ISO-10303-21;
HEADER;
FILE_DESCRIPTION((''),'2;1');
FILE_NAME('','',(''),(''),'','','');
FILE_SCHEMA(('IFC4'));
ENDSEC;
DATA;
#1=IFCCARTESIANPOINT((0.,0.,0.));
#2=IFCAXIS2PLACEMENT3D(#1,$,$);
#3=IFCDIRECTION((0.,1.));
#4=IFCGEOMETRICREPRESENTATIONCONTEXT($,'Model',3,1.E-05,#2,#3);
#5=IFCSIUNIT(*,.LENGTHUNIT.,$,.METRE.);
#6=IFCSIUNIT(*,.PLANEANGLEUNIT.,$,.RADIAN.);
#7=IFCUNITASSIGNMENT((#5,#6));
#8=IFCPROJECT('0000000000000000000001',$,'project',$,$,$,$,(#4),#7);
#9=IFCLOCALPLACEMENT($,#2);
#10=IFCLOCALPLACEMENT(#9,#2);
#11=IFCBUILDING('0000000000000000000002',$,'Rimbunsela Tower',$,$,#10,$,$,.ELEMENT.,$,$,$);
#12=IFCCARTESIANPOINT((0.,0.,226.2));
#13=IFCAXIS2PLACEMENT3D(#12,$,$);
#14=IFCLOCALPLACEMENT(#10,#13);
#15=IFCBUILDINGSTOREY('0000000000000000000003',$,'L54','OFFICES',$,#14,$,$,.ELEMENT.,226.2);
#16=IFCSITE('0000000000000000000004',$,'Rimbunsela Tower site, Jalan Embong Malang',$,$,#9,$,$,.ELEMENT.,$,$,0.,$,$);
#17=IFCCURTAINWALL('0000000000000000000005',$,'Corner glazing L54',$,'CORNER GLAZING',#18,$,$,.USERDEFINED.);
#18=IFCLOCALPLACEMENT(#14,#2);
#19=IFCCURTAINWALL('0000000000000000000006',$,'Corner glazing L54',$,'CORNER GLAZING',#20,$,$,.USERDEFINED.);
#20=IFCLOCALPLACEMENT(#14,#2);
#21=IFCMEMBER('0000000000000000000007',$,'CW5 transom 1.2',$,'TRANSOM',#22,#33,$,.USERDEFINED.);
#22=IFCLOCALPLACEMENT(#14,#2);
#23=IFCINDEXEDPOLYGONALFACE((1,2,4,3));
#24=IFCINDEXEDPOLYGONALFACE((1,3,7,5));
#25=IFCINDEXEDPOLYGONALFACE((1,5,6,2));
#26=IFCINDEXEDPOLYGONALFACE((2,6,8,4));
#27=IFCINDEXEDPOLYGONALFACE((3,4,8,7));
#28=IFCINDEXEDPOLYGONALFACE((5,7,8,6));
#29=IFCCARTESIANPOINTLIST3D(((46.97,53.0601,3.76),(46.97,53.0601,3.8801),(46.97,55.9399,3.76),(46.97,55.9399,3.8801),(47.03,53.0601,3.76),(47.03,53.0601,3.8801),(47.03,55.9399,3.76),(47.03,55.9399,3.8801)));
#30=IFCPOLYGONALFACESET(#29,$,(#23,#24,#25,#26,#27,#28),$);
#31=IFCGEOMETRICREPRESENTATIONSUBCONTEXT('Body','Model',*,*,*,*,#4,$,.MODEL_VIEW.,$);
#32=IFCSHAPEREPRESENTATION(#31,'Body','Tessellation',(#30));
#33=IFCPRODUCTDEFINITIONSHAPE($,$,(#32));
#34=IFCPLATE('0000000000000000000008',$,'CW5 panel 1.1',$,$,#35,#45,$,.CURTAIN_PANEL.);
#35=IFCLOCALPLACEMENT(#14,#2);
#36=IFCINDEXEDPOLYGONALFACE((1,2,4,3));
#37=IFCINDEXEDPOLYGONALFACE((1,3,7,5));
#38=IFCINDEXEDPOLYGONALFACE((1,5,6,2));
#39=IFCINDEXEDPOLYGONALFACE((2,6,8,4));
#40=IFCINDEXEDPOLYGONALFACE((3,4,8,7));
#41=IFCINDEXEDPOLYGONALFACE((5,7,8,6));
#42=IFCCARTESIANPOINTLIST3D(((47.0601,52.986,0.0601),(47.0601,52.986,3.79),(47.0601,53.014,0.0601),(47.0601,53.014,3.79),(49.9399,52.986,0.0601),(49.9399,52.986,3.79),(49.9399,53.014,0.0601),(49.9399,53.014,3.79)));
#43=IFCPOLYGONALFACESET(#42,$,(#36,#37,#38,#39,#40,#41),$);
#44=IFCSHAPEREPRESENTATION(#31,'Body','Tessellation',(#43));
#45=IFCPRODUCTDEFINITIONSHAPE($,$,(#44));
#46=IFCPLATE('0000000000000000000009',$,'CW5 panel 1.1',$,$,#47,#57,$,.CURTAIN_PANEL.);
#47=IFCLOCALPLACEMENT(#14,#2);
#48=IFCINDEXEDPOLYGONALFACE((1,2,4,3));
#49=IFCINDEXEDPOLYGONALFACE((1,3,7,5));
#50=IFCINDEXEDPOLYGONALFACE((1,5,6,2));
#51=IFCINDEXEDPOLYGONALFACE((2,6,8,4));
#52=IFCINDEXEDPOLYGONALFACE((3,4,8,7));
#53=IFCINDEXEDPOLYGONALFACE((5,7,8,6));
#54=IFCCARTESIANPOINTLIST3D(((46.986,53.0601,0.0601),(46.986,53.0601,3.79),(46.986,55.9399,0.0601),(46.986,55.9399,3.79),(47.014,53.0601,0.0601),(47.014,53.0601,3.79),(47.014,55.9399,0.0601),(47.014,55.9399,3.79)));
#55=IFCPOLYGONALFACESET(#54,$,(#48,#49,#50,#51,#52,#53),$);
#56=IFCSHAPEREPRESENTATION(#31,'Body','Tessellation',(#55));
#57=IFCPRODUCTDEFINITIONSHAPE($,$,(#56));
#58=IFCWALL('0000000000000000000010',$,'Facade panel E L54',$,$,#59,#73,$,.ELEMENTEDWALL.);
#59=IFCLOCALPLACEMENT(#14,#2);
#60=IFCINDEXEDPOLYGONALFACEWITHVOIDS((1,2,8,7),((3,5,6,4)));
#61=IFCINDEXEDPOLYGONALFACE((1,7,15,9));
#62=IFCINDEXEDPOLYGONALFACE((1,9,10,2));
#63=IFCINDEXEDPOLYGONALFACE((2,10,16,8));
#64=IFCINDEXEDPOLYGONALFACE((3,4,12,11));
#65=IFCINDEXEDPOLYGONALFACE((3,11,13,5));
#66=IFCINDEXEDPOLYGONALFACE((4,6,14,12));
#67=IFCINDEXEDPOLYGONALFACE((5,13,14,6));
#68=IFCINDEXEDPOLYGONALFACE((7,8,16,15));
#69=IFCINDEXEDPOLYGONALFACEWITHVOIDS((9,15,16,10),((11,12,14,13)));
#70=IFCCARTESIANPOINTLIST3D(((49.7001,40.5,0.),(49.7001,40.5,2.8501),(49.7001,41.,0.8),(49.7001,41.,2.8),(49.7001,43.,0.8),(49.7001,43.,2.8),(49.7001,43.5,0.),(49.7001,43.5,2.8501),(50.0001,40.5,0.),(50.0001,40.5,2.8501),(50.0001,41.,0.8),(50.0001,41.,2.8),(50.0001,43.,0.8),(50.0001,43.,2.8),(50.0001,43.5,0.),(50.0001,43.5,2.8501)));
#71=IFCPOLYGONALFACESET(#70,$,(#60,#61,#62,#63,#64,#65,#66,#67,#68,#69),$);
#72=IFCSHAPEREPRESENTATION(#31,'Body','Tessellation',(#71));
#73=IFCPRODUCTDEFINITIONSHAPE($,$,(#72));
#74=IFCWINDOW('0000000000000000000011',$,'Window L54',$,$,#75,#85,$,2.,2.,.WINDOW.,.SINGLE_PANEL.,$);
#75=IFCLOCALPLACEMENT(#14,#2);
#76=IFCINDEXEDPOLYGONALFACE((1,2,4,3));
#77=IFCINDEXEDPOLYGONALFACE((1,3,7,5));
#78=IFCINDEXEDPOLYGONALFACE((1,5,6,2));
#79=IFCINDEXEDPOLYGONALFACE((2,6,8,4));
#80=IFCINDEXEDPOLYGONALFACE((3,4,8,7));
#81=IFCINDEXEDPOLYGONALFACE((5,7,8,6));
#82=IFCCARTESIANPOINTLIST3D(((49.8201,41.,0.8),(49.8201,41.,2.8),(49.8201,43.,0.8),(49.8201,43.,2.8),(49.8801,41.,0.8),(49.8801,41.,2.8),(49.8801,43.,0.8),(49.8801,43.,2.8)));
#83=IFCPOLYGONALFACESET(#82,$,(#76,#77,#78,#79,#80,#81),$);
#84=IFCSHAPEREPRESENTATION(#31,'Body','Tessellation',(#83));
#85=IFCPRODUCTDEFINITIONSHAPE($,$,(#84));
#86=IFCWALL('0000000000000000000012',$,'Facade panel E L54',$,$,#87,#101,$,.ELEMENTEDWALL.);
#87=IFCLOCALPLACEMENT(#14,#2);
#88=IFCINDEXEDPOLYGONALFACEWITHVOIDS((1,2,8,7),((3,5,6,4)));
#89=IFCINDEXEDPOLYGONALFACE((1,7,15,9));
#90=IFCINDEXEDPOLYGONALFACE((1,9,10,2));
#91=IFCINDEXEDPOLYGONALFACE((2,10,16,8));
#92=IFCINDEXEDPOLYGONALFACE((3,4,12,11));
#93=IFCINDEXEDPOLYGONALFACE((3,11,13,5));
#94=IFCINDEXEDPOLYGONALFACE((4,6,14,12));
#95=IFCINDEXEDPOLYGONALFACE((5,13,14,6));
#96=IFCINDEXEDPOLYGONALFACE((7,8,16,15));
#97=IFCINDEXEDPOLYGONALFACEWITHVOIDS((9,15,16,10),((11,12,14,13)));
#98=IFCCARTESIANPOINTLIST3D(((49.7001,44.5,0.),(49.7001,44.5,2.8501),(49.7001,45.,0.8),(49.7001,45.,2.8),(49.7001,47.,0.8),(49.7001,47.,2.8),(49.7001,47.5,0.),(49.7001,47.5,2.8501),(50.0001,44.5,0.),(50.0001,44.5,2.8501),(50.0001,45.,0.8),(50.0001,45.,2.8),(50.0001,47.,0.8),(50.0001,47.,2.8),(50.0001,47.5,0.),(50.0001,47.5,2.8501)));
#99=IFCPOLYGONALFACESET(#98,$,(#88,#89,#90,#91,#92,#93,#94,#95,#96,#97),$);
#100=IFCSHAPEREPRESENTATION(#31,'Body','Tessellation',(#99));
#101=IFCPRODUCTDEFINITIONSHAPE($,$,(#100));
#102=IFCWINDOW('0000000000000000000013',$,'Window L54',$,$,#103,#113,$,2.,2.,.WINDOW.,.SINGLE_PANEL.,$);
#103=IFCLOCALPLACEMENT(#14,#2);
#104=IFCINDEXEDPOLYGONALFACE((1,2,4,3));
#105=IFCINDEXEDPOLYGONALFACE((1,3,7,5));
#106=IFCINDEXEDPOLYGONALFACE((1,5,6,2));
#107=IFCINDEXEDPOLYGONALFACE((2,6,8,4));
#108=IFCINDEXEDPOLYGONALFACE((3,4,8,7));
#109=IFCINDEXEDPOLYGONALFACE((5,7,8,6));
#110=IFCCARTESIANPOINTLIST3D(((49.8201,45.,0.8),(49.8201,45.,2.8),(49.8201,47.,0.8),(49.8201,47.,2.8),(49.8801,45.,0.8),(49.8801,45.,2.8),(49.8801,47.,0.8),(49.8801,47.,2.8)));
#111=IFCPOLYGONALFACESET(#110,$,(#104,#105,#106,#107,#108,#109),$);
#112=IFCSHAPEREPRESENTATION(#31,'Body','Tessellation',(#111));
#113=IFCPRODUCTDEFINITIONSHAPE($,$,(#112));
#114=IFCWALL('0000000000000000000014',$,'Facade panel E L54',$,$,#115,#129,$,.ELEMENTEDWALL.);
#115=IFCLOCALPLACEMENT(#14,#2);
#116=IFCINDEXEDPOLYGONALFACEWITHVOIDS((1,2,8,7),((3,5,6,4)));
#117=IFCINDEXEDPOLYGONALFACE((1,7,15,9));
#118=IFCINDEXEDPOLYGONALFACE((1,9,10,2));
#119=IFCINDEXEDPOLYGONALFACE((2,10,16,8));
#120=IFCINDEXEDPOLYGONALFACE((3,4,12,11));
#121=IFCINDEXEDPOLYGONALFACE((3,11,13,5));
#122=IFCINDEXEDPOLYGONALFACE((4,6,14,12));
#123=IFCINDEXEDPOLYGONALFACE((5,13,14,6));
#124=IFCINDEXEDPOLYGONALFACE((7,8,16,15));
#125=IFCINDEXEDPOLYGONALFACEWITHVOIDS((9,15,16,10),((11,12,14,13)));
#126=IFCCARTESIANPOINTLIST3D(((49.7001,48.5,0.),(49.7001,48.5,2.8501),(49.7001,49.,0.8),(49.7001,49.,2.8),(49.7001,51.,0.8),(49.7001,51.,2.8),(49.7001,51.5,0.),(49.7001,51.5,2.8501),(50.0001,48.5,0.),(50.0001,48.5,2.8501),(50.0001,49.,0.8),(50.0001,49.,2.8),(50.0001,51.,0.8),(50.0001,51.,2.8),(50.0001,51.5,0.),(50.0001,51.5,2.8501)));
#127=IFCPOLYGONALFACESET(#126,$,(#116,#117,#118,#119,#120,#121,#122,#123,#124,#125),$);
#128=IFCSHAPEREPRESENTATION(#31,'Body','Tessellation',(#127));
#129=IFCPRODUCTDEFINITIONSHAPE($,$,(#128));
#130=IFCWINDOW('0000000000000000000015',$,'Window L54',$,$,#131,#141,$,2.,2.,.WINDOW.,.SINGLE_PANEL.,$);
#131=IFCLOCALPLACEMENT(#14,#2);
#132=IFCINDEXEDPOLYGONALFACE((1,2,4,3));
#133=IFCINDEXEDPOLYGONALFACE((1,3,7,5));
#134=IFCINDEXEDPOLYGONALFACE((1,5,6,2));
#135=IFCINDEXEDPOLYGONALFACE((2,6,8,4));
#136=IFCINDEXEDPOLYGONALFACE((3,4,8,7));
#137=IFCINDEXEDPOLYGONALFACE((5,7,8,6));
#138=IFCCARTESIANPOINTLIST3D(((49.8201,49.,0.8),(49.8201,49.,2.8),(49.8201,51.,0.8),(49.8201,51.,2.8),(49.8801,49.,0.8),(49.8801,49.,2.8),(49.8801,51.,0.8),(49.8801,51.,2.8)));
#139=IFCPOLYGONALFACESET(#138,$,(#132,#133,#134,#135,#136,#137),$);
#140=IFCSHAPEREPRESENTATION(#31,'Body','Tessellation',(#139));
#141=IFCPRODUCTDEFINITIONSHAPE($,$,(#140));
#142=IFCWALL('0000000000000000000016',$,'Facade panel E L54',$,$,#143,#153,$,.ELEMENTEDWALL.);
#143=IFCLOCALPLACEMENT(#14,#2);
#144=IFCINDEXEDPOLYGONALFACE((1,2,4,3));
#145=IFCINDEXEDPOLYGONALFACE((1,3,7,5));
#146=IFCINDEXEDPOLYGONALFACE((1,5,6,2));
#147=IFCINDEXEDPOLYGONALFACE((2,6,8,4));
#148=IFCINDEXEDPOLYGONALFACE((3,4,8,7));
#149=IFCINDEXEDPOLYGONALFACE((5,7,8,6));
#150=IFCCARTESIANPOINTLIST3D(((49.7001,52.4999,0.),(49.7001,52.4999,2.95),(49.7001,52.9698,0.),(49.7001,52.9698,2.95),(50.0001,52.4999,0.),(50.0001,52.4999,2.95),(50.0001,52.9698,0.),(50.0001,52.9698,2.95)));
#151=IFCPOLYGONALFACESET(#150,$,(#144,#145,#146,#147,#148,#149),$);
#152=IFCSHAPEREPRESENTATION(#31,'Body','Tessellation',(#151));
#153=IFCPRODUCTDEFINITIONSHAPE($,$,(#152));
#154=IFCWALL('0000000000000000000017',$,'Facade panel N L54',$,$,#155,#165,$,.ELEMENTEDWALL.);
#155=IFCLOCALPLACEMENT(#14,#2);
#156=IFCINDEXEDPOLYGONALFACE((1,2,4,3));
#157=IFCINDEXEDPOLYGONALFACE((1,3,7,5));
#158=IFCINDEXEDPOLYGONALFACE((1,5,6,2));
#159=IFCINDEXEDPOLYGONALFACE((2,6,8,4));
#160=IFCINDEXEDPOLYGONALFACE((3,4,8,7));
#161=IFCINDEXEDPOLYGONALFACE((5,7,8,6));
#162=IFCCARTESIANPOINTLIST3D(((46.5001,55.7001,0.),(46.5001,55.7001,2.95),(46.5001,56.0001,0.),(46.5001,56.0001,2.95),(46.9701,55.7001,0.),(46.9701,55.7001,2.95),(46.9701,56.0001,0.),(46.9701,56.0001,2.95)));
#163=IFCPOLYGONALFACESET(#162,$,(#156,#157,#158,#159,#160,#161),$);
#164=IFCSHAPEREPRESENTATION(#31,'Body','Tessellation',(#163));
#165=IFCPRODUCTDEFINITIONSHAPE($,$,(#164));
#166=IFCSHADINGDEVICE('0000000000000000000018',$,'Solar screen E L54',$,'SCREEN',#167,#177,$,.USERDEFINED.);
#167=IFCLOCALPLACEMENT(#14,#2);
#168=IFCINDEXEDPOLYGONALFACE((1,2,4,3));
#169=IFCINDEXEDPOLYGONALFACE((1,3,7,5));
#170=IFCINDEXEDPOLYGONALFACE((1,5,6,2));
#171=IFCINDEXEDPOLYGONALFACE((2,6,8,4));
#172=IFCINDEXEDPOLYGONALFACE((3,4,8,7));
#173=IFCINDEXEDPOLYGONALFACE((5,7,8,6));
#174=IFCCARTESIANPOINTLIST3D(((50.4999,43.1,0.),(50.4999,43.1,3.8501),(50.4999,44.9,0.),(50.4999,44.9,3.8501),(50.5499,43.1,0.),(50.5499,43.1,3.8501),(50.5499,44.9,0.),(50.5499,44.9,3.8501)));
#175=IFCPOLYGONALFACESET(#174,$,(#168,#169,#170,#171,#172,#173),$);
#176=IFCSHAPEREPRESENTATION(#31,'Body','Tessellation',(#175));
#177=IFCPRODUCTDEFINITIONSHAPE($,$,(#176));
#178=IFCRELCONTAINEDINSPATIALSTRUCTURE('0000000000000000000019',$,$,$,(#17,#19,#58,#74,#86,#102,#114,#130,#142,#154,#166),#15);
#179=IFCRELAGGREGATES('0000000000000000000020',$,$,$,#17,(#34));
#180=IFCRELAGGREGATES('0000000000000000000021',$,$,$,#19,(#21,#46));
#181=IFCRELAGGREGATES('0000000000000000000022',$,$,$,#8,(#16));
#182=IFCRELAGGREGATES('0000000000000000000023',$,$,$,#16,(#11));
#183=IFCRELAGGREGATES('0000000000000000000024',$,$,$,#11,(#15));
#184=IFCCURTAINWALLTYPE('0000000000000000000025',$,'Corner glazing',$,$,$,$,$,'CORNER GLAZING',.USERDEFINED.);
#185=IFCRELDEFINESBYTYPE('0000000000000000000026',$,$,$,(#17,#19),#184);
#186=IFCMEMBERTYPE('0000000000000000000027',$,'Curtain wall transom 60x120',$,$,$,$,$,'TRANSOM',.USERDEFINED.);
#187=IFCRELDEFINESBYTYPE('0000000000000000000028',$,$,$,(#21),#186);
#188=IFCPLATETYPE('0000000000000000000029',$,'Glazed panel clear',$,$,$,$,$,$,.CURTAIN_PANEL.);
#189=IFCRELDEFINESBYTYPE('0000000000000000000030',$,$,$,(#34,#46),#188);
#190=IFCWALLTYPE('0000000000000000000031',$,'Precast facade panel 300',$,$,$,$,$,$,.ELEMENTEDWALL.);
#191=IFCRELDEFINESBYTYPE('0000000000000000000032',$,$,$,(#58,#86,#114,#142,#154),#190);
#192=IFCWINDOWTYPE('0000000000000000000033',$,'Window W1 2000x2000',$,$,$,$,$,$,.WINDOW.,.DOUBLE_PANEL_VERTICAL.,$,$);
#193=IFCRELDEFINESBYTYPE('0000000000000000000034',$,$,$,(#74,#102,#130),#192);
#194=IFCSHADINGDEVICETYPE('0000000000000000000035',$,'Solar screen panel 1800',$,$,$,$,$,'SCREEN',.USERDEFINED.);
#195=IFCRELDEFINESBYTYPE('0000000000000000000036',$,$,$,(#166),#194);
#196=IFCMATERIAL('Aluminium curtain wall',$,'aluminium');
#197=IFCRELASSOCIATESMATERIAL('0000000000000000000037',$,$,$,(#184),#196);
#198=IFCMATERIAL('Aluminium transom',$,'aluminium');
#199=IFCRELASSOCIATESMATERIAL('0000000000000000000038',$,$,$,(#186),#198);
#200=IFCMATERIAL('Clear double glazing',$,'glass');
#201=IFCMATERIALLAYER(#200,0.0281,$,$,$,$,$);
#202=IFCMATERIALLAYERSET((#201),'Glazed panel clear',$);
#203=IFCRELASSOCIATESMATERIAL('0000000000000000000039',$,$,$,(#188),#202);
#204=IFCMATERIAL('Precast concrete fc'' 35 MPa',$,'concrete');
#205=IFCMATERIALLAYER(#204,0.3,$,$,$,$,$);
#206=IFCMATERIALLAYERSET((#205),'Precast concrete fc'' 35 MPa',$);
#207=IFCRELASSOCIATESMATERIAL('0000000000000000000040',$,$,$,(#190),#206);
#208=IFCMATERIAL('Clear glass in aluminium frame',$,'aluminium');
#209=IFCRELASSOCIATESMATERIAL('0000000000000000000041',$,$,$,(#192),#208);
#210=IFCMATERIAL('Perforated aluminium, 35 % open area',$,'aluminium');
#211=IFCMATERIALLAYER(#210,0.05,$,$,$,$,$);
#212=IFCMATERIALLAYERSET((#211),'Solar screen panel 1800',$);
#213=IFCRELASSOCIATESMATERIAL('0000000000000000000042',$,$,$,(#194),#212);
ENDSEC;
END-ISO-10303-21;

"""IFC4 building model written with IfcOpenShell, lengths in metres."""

from ifc_helpers import new_model, si_unit, direction, frame, frame_2d, origin, origin_2d, place, context, subcontext, project, spatial, rectangle, extrude, material, layer, layer_set, material_profile, profile_set, type_object, element, fill, aggregate, save


model = new_model("IFC4")

# Units and contexts
model_context = context("Model", 3, precision=1e-05, world=origin(), true_north=direction((0.0, 1.0)))
body_context = subcontext(model_context, "Body", "Model", "MODEL_VIEW")
ifc_project = project(units=[si_unit("LENGTHUNIT", "METRE"), si_unit("PLANEANGLEUNIT", "RADIAN")], contexts=[model_context])

# Site, building, storey
site_placement = place(None, origin())
site = spatial("IfcSite", under=ifc_project, at=site_placement, Name="Rimbunsela Tower site, Jalan Embong Malang", CompositionType="ELEMENT", RefElevation=0.0)
building_placement = place(site_placement, origin())
building = spatial("IfcBuilding", under=site, at=building_placement, Name="Rimbunsela Tower", CompositionType="ELEMENT")
storey_placement = place(building_placement, frame((0.0, 0.0, 226.2)))
storey = spatial("IfcBuildingStorey", under=building, at=storey_placement, Name="L54", Description="OFFICES", CompositionType="ELEMENT", Elevation=226.2)

# Curtain walls
ifc_material_1 = material(Name="Aluminium curtain wall", Category="aluminium")
curtain_wall_type = type_object("IfcCurtainWallType", Name="Corner glazing", ElementType="CORNER GLAZING", PredefinedType="USERDEFINED", material=ifc_material_1)
curtain_wall_1_placement = place(storey_placement, origin())
curtain_wall_1 = element("IfcCurtainWall", 1, at=curtain_wall_1_placement, inside=storey, type_object=curtain_wall_type, Name="Corner glazing L54", ObjectType="CORNER GLAZING", PredefinedType="USERDEFINED")
curtain_wall_2_placement = place(storey_placement, origin())
curtain_wall_2 = element("IfcCurtainWall", 2, at=curtain_wall_2_placement, inside=storey, type_object=curtain_wall_type, Name="Corner glazing L54", ObjectType="CORNER GLAZING", PredefinedType="USERDEFINED")

# Member
ifc_material_2 = material(Name="Aluminium transom", Category="aluminium")
ifc_material_profile_1 = material_profile(ifc_material_2, rectangle(XDim=0.0601, YDim=0.1201, at=origin_2d()), Name="Transom 60x120")
ifc_profile_set_1 = profile_set([ifc_material_profile_1], Name="Aluminium transom")
member_type_1 = type_object("IfcMemberType", Name="Curtain wall transom 60x120", ElementType="TRANSOM", PredefinedType="USERDEFINED", material=ifc_profile_set_1)
member_1_placement = place(storey_placement, frame((47.0, 53.0601, 3.8201), z_axis=(0.0, 1.0, 0.0), x_axis=(-1.0, 0.0, 0.0)))
member_1 = element("IfcMember", 3, at=member_1_placement, type_object=member_type_1, Name="CW5 transom 1.2", ObjectType="TRANSOM", PredefinedType="USERDEFINED", context=body_context, shape_type="SweptSolid", body=[
    extrude(rectangle(XDim=0.0601, YDim=0.1201, at=origin_2d()), origin(), (0.0, 0.0, 1.0), 2.8799),
])

# Plates
ifc_material_3 = material(Name="Clear double glazing", Category="glass")
ifc_layer_1 = layer(ifc_material_3, 0.0281)
ifc_layer_set_1 = layer_set([ifc_layer_1], Name="Glazed panel clear")
plate_type = type_object("IfcPlateType", Name="Glazed panel clear", PredefinedType="CURTAIN_PANEL", material=ifc_layer_set_1)
plate_1_placement = place(storey_placement, frame((48.5, 53.0, 0.0601), z_axis=(0.0, 0.0, 1.0), x_axis=(-1.0, 0.0, 0.0)))
plate_1 = element("IfcPlate", 4, at=plate_1_placement, type_object=plate_type, Name="CW5 panel 1.1", PredefinedType="CURTAIN_PANEL", context=body_context, shape_type="SweptSolid", body=[
    extrude(rectangle(XDim=2.8799, YDim=0.0281, at=origin_2d()), origin(), (0.0, 0.0, 1.0), 3.73),
])
aggregate(curtain_wall_1, [plate_1])
plate_2_placement = place(storey_placement, frame((47.0, 54.5, 0.0601), z_axis=(0.0, 0.0, 1.0), x_axis=(0.0, 1.0, 0.0)))
plate_2 = element("IfcPlate", 5, at=plate_2_placement, type_object=plate_type, Name="CW5 panel 1.1", PredefinedType="CURTAIN_PANEL", context=body_context, shape_type="SweptSolid", body=[
    extrude(rectangle(XDim=2.8799, YDim=0.0281, at=origin_2d()), origin(), (0.0, 0.0, 1.0), 3.73),
])
aggregate(curtain_wall_2, [member_1, plate_2])

# Walls, openings, windows
ifc_material_4 = material(Name="Precast concrete fc' 35 MPa", Category="concrete")
ifc_layer_2 = layer(ifc_material_4, 0.3)
ifc_layer_set_2 = layer_set([ifc_layer_2], Name="Precast concrete fc' 35 MPa")
wall_type = type_object("IfcWallType", Name="Precast facade panel 300", PredefinedType="ELEMENTEDWALL", material=ifc_layer_set_2)
wall_1_placement = place(storey_placement, frame((49.8501, 40.5, 0.0), z_axis=(0.0, 0.0, 1.0), x_axis=(0.0, 1.0, 0.0)))
wall_1 = element("IfcWall", 6, at=wall_1_placement, inside=storey, type_object=wall_type, Name="Facade panel E L54", PredefinedType="ELEMENTEDWALL", context=body_context, shape_type="SweptSolid", body=[
    extrude(rectangle(XDim=3.0, YDim=0.3, at=frame_2d((1.5, 0.0))), origin(), (0.0, 0.0, 1.0), 2.8501),
])
opening_1_placement = place(wall_1_placement, frame((0.5, 0.0, 0.8)))
opening_1 = element("IfcOpeningElement", 7, at=opening_1_placement, cuts=wall_1, PredefinedType="OPENING", context=body_context, shape_type="SweptSolid", body=[
    extrude(rectangle(XDim=2.0, YDim=2.0, at=frame_2d((1.0, 1.0))), frame((0.0, 0.1599, 0.0), z_axis=(0.0, -1.0, 0.0), x_axis=(1.0, 0.0, 0.0)), (0.0, 0.0, 1.0), 0.3201),
])
ifc_material_5 = material(Name="Clear glass in aluminium frame", Category="aluminium")
window_type = type_object("IfcWindowType", Name="Window W1 2000x2000", PartitioningType="DOUBLE_PANEL_VERTICAL", PredefinedType="WINDOW", material=ifc_material_5)
window_1_placement = place(opening_1_placement, origin())
window_1 = element("IfcWindow", 8, at=window_1_placement, inside=storey, type_object=window_type, Name="Window L54", OverallHeight=2.0, OverallWidth=2.0, PartitioningType="SINGLE_PANEL", PredefinedType="WINDOW", context=body_context, shape_type="SweptSolid", body=[
    extrude(rectangle(XDim=2.0, YDim=2.0, at=frame_2d((1.0, 1.0))), frame((0.0, 0.03, 0.0), z_axis=(0.0, -1.0, 0.0), x_axis=(1.0, 0.0, 0.0)), (0.0, 0.0, 1.0), 0.0601),
])
fill(opening_1, window_1)
wall_2_placement = place(storey_placement, frame((49.8501, 44.5, 0.0), z_axis=(0.0, 0.0, 1.0), x_axis=(0.0, 1.0, 0.0)))
wall_2 = element("IfcWall", 9, at=wall_2_placement, inside=storey, type_object=wall_type, Name="Facade panel E L54", PredefinedType="ELEMENTEDWALL", context=body_context, shape_type="SweptSolid", body=[
    extrude(rectangle(XDim=3.0, YDim=0.3, at=frame_2d((1.5, 0.0))), origin(), (0.0, 0.0, 1.0), 2.8501),
])
opening_2_placement = place(wall_2_placement, frame((0.5, 0.0, 0.8)))
opening_2 = element("IfcOpeningElement", 10, at=opening_2_placement, cuts=wall_2, PredefinedType="OPENING", context=body_context, shape_type="SweptSolid", body=[
    extrude(rectangle(XDim=2.0, YDim=2.0, at=frame_2d((1.0, 1.0))), frame((0.0, 0.1599, 0.0), z_axis=(0.0, -1.0, 0.0), x_axis=(1.0, 0.0, 0.0)), (0.0, 0.0, 1.0), 0.3201),
])
window_2_placement = place(opening_2_placement, origin())
window_2 = element("IfcWindow", 11, at=window_2_placement, inside=storey, type_object=window_type, Name="Window L54", OverallHeight=2.0, OverallWidth=2.0, PartitioningType="SINGLE_PANEL", PredefinedType="WINDOW", context=body_context, shape_type="SweptSolid", body=[
    extrude(rectangle(XDim=2.0, YDim=2.0, at=frame_2d((1.0, 1.0))), frame((0.0, 0.03, 0.0), z_axis=(0.0, -1.0, 0.0), x_axis=(1.0, 0.0, 0.0)), (0.0, 0.0, 1.0), 0.0601),
])
fill(opening_2, window_2)
wall_3_placement = place(storey_placement, frame((49.8501, 48.5, 0.0), z_axis=(0.0, 0.0, 1.0), x_axis=(0.0, 1.0, 0.0)))
wall_3 = element("IfcWall", 12, at=wall_3_placement, inside=storey, type_object=wall_type, Name="Facade panel E L54", PredefinedType="ELEMENTEDWALL", context=body_context, shape_type="SweptSolid", body=[
    extrude(rectangle(XDim=3.0, YDim=0.3, at=frame_2d((1.5, 0.0))), origin(), (0.0, 0.0, 1.0), 2.8501),
])
opening_3_placement = place(wall_3_placement, frame((0.5, 0.0, 0.8)))
opening_3 = element("IfcOpeningElement", 13, at=opening_3_placement, cuts=wall_3, PredefinedType="OPENING", context=body_context, shape_type="SweptSolid", body=[
    extrude(rectangle(XDim=2.0, YDim=2.0, at=frame_2d((1.0, 1.0))), frame((0.0, 0.1599, 0.0), z_axis=(0.0, -1.0, 0.0), x_axis=(1.0, 0.0, 0.0)), (0.0, 0.0, 1.0), 0.3201),
])
window_3_placement = place(opening_3_placement, origin())
window_3 = element("IfcWindow", 14, at=window_3_placement, inside=storey, type_object=window_type, Name="Window L54", OverallHeight=2.0, OverallWidth=2.0, PartitioningType="SINGLE_PANEL", PredefinedType="WINDOW", context=body_context, shape_type="SweptSolid", body=[
    extrude(rectangle(XDim=2.0, YDim=2.0, at=frame_2d((1.0, 1.0))), frame((0.0, 0.03, 0.0), z_axis=(0.0, -1.0, 0.0), x_axis=(1.0, 0.0, 0.0)), (0.0, 0.0, 1.0), 0.0601),
])
fill(opening_3, window_3)

# Walls
for number, where, z_axis, x_axis, name in (
    (15, (49.8501, 52.5, 0.0), (0.0, 0.0, 1.0), (0.0, 1.0, 0.0), "Facade panel E L54"),
    (16, (46.97, 55.8501, 0.0), (0.0, 0.0, 1.0), (-1.0, 0.0, 0.0), "Facade panel N L54"),
):
    element("IfcWall", number, at=place(storey_placement, frame(where, z_axis=z_axis, x_axis=x_axis)), inside=storey, type_object=wall_type, Name=name, PredefinedType="ELEMENTEDWALL", context=body_context, shape_type="SweptSolid", body=[
        extrude(rectangle(XDim=0.47, YDim=0.3, at=frame_2d((0.2349, 0.0))), origin(), (0.0, 0.0, 1.0), 2.95),
    ])

# Shading device
ifc_material_6 = material(Name="Perforated aluminium, 35 % open area", Category="aluminium")
ifc_layer_3 = layer(ifc_material_6, 0.05)
ifc_layer_set_3 = layer_set([ifc_layer_3], Name="Solar screen panel 1800")
shading_device_type = type_object("IfcShadingDeviceType", Name="Solar screen panel 1800", ElementType="SCREEN", PredefinedType="USERDEFINED", material=ifc_layer_set_3)
for number, where, z_axis, x_axis, name in (
    (17, (50.5249, 44.0, 0.0), (0.0, 0.0, 1.0), (0.0, 1.0, 0.0), "Solar screen E L54"),
):
    element("IfcShadingDevice", number, at=place(storey_placement, frame(where, z_axis=z_axis, x_axis=x_axis)), inside=storey, type_object=shading_device_type, Name=name, ObjectType="SCREEN", PredefinedType="USERDEFINED", context=body_context, shape_type="SweptSolid", body=[
        extrude(rectangle(XDim=1.8, YDim=0.05, at=origin_2d()), origin(), (0.0, 0.0, 1.0), 3.8501),
    ])

save(model, "model.ifc")
